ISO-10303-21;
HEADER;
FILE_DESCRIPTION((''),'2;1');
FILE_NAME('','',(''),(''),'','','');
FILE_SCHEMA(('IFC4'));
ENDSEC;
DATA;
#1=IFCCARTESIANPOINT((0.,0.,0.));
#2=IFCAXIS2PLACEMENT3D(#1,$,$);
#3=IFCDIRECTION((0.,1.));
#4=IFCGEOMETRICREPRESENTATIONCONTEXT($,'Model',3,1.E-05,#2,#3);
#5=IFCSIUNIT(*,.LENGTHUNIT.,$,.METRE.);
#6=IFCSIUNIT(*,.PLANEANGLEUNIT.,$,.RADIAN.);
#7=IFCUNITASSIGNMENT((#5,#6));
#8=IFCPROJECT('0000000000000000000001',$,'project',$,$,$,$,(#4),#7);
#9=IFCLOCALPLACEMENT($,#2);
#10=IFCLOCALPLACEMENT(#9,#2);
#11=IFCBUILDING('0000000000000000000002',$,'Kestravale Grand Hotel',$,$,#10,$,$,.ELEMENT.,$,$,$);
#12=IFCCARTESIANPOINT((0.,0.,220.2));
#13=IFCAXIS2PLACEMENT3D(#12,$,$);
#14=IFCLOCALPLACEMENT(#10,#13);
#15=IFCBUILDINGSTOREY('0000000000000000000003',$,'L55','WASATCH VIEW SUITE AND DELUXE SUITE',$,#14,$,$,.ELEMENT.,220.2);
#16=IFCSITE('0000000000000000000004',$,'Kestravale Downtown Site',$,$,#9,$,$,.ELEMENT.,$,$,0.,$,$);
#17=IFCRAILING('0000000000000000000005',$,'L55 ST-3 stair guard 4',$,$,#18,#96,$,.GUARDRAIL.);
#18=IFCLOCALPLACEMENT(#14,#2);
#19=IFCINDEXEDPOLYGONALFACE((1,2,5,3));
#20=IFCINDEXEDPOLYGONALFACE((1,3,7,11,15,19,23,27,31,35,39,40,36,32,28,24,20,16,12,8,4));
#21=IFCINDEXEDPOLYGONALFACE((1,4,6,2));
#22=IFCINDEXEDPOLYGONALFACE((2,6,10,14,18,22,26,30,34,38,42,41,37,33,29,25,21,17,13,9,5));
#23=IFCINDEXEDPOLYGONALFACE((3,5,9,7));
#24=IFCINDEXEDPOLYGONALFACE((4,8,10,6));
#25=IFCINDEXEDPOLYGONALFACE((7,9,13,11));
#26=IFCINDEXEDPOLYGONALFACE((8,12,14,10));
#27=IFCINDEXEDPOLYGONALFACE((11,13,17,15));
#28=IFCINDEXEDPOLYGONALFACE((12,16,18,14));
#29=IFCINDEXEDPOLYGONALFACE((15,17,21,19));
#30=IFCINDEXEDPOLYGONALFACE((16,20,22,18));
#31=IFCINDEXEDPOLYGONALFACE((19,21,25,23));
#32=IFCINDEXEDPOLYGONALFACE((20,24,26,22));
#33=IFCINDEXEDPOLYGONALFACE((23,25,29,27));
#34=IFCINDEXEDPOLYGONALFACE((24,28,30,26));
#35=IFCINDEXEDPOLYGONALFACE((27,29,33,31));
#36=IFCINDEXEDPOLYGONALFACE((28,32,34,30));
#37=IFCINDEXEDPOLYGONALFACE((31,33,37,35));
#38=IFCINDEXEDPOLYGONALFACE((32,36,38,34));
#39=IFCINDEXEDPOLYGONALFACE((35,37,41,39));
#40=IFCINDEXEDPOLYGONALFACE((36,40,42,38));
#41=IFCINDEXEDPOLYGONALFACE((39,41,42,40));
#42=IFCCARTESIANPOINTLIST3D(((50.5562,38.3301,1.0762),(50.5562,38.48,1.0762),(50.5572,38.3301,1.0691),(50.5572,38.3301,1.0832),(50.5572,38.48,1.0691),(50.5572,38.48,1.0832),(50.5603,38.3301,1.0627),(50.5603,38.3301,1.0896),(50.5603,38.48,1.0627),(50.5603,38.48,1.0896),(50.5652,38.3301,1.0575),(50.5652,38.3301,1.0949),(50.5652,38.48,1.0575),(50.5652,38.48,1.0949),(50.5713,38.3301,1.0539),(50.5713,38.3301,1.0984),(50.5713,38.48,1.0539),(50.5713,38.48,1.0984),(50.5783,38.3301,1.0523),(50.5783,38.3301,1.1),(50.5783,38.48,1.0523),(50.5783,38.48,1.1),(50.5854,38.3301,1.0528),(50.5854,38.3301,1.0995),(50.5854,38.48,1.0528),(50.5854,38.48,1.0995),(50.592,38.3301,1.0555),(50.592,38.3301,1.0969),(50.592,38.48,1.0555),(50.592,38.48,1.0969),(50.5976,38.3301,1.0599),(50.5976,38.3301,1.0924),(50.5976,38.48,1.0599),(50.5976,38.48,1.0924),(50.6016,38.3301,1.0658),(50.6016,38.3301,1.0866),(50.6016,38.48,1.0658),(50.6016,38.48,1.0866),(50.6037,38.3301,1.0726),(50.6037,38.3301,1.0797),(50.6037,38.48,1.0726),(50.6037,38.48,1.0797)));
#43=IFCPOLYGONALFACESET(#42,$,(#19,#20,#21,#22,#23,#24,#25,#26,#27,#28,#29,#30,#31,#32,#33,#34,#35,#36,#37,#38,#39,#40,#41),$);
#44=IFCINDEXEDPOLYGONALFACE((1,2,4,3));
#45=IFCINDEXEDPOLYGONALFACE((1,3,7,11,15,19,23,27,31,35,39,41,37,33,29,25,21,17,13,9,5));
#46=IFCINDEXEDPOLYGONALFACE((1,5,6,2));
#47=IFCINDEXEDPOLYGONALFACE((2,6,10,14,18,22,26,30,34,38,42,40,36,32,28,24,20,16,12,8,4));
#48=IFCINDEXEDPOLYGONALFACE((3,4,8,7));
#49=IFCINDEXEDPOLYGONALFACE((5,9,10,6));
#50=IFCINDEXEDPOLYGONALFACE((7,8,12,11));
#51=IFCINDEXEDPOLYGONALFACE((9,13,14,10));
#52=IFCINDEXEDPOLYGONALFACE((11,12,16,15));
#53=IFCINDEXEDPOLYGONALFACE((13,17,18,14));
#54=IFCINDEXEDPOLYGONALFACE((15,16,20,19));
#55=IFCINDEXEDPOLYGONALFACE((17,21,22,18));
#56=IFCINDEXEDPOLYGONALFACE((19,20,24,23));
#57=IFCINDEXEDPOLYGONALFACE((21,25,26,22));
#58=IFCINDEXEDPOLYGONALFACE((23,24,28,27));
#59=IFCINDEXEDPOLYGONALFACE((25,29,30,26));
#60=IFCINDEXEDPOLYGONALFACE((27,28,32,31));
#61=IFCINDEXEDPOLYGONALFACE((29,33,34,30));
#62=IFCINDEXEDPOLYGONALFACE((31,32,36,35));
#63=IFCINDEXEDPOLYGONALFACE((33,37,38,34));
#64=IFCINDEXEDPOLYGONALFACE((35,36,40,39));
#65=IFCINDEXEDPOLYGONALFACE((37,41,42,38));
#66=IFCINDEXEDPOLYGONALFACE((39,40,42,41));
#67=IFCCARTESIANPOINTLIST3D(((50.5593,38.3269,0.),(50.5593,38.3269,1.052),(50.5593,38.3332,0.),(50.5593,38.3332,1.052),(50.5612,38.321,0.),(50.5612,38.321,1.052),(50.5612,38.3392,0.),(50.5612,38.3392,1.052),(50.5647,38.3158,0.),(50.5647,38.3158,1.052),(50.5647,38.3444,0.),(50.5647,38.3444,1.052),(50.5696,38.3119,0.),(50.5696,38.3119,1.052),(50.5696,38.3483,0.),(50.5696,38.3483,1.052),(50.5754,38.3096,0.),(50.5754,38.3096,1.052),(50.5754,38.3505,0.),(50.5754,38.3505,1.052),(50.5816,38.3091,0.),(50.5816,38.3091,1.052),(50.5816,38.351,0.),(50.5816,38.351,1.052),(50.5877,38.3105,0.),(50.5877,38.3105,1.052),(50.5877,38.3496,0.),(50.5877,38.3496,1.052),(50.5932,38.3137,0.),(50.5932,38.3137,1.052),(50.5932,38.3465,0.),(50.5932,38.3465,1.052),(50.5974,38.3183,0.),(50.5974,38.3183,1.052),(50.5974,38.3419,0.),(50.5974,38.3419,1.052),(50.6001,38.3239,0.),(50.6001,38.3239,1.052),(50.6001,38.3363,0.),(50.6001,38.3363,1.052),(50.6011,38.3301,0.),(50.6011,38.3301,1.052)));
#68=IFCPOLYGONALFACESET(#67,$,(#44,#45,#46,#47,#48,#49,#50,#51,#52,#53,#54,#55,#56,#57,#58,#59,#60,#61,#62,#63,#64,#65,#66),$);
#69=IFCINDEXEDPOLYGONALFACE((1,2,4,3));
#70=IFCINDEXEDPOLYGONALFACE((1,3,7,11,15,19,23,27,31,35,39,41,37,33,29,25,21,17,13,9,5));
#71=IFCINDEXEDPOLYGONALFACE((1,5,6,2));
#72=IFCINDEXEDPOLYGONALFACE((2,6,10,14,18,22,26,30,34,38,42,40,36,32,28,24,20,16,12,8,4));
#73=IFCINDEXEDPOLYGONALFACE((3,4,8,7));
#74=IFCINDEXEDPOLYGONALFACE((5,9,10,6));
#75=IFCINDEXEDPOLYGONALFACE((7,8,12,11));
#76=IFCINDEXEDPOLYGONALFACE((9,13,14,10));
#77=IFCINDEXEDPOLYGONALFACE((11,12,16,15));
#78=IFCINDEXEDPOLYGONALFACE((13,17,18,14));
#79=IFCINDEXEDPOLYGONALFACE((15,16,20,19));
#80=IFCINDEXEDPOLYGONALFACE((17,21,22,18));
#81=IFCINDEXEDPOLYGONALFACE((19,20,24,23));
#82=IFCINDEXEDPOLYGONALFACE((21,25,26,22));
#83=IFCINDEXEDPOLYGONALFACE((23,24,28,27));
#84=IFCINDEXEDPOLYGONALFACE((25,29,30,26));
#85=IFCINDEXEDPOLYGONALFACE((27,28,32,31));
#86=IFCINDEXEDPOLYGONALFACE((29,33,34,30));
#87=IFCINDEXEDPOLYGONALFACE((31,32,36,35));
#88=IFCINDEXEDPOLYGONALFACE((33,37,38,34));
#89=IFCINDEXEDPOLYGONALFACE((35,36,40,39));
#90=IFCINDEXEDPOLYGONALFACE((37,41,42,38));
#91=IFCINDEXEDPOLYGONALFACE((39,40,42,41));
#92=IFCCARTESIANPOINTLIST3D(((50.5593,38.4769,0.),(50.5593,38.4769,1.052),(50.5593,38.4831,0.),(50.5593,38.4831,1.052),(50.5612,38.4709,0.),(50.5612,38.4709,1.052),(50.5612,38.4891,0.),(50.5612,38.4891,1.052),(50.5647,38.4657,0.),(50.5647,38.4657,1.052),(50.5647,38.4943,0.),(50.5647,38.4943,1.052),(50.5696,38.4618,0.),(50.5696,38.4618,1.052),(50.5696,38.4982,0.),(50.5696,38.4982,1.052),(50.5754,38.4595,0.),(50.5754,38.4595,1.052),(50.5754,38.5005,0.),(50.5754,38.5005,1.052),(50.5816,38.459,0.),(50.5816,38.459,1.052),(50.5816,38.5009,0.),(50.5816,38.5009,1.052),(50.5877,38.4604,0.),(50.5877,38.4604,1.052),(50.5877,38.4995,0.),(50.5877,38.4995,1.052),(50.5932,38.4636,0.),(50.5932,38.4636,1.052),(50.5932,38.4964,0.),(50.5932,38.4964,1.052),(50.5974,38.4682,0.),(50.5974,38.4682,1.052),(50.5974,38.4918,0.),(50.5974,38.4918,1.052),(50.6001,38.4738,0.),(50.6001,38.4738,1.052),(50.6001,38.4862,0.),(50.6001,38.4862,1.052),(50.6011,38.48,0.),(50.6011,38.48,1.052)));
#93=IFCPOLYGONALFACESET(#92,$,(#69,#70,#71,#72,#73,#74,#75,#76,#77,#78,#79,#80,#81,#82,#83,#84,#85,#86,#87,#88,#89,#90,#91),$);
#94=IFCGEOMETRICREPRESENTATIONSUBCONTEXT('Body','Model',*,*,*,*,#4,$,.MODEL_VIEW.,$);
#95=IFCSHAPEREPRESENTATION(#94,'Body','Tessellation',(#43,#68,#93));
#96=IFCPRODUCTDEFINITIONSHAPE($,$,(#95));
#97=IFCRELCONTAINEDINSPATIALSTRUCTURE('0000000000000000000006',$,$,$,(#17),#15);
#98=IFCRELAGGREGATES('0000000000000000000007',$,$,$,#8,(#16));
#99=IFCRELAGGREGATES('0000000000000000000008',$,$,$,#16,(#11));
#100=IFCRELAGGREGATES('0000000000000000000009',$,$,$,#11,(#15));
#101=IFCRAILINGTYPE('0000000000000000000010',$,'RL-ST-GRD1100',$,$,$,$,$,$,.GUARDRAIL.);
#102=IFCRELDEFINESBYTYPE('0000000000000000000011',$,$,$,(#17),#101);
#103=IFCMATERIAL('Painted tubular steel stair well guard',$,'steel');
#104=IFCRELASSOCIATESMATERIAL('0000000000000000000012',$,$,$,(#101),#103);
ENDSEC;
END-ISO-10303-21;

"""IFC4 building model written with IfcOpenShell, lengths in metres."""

from ifc_helpers import new_model, si_unit, direction, frame, origin, origin_2d, place, context, subcontext, project, spatial, circle, extrude, material, type_object, element, save


model = new_model("IFC4")

# Units and contexts
model_context = context("Model", 3, precision=1e-05, world=origin(), true_north=direction((0.0, 1.0)))
body_context = subcontext(model_context, "Body", "Model", "MODEL_VIEW")
ifc_project = project(units=[si_unit("LENGTHUNIT", "METRE"), si_unit("PLANEANGLEUNIT", "RADIAN")], contexts=[model_context])

# Site, building, storey
site_placement = place(None, origin())
site = spatial("IfcSite", under=ifc_project, at=site_placement, Name="Kestravale Downtown Site", CompositionType="ELEMENT", RefElevation=0.0)
building_placement = place(site_placement, origin())
building = spatial("IfcBuilding", under=site, at=building_placement, Name="Kestravale Grand Hotel", CompositionType="ELEMENT")
storey_placement = place(building_placement, frame((0.0, 0.0, 220.2)))
storey = spatial("IfcBuildingStorey", under=building, at=storey_placement, Name="L55", Description="WASATCH VIEW SUITE AND DELUXE SUITE", CompositionType="ELEMENT", Elevation=220.2)

# Railing
ifc_material_1 = material(Name="Painted tubular steel stair well guard", Category="steel")
railing_type_1 = type_object("IfcRailingType", Name="RL-ST-GRD1100", PredefinedType="GUARDRAIL", material=ifc_material_1)
railing_1_placement = place(storey_placement, frame((50.5801, 38.3301, 0.0)))
element("IfcRailing", 1, at=railing_1_placement, inside=storey, type_object=railing_type_1, Name="L55 ST-3 stair guard 4", PredefinedType="GUARDRAIL", context=body_context, shape_type="SweptSolid", body=[
    extrude(circle(Radius=0.0239, at=origin_2d()), frame((0.0, 0.0, 1.0762), z_axis=(0.0, 1.0, 0.0), x_axis=(-1.0, 0.0, 0.0)), (0.0, 0.0, 1.0), 0.1499),
    extrude(circle(Radius=0.021, at=origin_2d()), origin(), (0.0, 0.0, 1.0), 1.052),
    extrude(circle(Radius=0.021, at=origin_2d()), frame((0.0, 0.1499, 0.0)), (0.0, 0.0, 1.0), 1.052),
])

save(model, "model.ifc")
